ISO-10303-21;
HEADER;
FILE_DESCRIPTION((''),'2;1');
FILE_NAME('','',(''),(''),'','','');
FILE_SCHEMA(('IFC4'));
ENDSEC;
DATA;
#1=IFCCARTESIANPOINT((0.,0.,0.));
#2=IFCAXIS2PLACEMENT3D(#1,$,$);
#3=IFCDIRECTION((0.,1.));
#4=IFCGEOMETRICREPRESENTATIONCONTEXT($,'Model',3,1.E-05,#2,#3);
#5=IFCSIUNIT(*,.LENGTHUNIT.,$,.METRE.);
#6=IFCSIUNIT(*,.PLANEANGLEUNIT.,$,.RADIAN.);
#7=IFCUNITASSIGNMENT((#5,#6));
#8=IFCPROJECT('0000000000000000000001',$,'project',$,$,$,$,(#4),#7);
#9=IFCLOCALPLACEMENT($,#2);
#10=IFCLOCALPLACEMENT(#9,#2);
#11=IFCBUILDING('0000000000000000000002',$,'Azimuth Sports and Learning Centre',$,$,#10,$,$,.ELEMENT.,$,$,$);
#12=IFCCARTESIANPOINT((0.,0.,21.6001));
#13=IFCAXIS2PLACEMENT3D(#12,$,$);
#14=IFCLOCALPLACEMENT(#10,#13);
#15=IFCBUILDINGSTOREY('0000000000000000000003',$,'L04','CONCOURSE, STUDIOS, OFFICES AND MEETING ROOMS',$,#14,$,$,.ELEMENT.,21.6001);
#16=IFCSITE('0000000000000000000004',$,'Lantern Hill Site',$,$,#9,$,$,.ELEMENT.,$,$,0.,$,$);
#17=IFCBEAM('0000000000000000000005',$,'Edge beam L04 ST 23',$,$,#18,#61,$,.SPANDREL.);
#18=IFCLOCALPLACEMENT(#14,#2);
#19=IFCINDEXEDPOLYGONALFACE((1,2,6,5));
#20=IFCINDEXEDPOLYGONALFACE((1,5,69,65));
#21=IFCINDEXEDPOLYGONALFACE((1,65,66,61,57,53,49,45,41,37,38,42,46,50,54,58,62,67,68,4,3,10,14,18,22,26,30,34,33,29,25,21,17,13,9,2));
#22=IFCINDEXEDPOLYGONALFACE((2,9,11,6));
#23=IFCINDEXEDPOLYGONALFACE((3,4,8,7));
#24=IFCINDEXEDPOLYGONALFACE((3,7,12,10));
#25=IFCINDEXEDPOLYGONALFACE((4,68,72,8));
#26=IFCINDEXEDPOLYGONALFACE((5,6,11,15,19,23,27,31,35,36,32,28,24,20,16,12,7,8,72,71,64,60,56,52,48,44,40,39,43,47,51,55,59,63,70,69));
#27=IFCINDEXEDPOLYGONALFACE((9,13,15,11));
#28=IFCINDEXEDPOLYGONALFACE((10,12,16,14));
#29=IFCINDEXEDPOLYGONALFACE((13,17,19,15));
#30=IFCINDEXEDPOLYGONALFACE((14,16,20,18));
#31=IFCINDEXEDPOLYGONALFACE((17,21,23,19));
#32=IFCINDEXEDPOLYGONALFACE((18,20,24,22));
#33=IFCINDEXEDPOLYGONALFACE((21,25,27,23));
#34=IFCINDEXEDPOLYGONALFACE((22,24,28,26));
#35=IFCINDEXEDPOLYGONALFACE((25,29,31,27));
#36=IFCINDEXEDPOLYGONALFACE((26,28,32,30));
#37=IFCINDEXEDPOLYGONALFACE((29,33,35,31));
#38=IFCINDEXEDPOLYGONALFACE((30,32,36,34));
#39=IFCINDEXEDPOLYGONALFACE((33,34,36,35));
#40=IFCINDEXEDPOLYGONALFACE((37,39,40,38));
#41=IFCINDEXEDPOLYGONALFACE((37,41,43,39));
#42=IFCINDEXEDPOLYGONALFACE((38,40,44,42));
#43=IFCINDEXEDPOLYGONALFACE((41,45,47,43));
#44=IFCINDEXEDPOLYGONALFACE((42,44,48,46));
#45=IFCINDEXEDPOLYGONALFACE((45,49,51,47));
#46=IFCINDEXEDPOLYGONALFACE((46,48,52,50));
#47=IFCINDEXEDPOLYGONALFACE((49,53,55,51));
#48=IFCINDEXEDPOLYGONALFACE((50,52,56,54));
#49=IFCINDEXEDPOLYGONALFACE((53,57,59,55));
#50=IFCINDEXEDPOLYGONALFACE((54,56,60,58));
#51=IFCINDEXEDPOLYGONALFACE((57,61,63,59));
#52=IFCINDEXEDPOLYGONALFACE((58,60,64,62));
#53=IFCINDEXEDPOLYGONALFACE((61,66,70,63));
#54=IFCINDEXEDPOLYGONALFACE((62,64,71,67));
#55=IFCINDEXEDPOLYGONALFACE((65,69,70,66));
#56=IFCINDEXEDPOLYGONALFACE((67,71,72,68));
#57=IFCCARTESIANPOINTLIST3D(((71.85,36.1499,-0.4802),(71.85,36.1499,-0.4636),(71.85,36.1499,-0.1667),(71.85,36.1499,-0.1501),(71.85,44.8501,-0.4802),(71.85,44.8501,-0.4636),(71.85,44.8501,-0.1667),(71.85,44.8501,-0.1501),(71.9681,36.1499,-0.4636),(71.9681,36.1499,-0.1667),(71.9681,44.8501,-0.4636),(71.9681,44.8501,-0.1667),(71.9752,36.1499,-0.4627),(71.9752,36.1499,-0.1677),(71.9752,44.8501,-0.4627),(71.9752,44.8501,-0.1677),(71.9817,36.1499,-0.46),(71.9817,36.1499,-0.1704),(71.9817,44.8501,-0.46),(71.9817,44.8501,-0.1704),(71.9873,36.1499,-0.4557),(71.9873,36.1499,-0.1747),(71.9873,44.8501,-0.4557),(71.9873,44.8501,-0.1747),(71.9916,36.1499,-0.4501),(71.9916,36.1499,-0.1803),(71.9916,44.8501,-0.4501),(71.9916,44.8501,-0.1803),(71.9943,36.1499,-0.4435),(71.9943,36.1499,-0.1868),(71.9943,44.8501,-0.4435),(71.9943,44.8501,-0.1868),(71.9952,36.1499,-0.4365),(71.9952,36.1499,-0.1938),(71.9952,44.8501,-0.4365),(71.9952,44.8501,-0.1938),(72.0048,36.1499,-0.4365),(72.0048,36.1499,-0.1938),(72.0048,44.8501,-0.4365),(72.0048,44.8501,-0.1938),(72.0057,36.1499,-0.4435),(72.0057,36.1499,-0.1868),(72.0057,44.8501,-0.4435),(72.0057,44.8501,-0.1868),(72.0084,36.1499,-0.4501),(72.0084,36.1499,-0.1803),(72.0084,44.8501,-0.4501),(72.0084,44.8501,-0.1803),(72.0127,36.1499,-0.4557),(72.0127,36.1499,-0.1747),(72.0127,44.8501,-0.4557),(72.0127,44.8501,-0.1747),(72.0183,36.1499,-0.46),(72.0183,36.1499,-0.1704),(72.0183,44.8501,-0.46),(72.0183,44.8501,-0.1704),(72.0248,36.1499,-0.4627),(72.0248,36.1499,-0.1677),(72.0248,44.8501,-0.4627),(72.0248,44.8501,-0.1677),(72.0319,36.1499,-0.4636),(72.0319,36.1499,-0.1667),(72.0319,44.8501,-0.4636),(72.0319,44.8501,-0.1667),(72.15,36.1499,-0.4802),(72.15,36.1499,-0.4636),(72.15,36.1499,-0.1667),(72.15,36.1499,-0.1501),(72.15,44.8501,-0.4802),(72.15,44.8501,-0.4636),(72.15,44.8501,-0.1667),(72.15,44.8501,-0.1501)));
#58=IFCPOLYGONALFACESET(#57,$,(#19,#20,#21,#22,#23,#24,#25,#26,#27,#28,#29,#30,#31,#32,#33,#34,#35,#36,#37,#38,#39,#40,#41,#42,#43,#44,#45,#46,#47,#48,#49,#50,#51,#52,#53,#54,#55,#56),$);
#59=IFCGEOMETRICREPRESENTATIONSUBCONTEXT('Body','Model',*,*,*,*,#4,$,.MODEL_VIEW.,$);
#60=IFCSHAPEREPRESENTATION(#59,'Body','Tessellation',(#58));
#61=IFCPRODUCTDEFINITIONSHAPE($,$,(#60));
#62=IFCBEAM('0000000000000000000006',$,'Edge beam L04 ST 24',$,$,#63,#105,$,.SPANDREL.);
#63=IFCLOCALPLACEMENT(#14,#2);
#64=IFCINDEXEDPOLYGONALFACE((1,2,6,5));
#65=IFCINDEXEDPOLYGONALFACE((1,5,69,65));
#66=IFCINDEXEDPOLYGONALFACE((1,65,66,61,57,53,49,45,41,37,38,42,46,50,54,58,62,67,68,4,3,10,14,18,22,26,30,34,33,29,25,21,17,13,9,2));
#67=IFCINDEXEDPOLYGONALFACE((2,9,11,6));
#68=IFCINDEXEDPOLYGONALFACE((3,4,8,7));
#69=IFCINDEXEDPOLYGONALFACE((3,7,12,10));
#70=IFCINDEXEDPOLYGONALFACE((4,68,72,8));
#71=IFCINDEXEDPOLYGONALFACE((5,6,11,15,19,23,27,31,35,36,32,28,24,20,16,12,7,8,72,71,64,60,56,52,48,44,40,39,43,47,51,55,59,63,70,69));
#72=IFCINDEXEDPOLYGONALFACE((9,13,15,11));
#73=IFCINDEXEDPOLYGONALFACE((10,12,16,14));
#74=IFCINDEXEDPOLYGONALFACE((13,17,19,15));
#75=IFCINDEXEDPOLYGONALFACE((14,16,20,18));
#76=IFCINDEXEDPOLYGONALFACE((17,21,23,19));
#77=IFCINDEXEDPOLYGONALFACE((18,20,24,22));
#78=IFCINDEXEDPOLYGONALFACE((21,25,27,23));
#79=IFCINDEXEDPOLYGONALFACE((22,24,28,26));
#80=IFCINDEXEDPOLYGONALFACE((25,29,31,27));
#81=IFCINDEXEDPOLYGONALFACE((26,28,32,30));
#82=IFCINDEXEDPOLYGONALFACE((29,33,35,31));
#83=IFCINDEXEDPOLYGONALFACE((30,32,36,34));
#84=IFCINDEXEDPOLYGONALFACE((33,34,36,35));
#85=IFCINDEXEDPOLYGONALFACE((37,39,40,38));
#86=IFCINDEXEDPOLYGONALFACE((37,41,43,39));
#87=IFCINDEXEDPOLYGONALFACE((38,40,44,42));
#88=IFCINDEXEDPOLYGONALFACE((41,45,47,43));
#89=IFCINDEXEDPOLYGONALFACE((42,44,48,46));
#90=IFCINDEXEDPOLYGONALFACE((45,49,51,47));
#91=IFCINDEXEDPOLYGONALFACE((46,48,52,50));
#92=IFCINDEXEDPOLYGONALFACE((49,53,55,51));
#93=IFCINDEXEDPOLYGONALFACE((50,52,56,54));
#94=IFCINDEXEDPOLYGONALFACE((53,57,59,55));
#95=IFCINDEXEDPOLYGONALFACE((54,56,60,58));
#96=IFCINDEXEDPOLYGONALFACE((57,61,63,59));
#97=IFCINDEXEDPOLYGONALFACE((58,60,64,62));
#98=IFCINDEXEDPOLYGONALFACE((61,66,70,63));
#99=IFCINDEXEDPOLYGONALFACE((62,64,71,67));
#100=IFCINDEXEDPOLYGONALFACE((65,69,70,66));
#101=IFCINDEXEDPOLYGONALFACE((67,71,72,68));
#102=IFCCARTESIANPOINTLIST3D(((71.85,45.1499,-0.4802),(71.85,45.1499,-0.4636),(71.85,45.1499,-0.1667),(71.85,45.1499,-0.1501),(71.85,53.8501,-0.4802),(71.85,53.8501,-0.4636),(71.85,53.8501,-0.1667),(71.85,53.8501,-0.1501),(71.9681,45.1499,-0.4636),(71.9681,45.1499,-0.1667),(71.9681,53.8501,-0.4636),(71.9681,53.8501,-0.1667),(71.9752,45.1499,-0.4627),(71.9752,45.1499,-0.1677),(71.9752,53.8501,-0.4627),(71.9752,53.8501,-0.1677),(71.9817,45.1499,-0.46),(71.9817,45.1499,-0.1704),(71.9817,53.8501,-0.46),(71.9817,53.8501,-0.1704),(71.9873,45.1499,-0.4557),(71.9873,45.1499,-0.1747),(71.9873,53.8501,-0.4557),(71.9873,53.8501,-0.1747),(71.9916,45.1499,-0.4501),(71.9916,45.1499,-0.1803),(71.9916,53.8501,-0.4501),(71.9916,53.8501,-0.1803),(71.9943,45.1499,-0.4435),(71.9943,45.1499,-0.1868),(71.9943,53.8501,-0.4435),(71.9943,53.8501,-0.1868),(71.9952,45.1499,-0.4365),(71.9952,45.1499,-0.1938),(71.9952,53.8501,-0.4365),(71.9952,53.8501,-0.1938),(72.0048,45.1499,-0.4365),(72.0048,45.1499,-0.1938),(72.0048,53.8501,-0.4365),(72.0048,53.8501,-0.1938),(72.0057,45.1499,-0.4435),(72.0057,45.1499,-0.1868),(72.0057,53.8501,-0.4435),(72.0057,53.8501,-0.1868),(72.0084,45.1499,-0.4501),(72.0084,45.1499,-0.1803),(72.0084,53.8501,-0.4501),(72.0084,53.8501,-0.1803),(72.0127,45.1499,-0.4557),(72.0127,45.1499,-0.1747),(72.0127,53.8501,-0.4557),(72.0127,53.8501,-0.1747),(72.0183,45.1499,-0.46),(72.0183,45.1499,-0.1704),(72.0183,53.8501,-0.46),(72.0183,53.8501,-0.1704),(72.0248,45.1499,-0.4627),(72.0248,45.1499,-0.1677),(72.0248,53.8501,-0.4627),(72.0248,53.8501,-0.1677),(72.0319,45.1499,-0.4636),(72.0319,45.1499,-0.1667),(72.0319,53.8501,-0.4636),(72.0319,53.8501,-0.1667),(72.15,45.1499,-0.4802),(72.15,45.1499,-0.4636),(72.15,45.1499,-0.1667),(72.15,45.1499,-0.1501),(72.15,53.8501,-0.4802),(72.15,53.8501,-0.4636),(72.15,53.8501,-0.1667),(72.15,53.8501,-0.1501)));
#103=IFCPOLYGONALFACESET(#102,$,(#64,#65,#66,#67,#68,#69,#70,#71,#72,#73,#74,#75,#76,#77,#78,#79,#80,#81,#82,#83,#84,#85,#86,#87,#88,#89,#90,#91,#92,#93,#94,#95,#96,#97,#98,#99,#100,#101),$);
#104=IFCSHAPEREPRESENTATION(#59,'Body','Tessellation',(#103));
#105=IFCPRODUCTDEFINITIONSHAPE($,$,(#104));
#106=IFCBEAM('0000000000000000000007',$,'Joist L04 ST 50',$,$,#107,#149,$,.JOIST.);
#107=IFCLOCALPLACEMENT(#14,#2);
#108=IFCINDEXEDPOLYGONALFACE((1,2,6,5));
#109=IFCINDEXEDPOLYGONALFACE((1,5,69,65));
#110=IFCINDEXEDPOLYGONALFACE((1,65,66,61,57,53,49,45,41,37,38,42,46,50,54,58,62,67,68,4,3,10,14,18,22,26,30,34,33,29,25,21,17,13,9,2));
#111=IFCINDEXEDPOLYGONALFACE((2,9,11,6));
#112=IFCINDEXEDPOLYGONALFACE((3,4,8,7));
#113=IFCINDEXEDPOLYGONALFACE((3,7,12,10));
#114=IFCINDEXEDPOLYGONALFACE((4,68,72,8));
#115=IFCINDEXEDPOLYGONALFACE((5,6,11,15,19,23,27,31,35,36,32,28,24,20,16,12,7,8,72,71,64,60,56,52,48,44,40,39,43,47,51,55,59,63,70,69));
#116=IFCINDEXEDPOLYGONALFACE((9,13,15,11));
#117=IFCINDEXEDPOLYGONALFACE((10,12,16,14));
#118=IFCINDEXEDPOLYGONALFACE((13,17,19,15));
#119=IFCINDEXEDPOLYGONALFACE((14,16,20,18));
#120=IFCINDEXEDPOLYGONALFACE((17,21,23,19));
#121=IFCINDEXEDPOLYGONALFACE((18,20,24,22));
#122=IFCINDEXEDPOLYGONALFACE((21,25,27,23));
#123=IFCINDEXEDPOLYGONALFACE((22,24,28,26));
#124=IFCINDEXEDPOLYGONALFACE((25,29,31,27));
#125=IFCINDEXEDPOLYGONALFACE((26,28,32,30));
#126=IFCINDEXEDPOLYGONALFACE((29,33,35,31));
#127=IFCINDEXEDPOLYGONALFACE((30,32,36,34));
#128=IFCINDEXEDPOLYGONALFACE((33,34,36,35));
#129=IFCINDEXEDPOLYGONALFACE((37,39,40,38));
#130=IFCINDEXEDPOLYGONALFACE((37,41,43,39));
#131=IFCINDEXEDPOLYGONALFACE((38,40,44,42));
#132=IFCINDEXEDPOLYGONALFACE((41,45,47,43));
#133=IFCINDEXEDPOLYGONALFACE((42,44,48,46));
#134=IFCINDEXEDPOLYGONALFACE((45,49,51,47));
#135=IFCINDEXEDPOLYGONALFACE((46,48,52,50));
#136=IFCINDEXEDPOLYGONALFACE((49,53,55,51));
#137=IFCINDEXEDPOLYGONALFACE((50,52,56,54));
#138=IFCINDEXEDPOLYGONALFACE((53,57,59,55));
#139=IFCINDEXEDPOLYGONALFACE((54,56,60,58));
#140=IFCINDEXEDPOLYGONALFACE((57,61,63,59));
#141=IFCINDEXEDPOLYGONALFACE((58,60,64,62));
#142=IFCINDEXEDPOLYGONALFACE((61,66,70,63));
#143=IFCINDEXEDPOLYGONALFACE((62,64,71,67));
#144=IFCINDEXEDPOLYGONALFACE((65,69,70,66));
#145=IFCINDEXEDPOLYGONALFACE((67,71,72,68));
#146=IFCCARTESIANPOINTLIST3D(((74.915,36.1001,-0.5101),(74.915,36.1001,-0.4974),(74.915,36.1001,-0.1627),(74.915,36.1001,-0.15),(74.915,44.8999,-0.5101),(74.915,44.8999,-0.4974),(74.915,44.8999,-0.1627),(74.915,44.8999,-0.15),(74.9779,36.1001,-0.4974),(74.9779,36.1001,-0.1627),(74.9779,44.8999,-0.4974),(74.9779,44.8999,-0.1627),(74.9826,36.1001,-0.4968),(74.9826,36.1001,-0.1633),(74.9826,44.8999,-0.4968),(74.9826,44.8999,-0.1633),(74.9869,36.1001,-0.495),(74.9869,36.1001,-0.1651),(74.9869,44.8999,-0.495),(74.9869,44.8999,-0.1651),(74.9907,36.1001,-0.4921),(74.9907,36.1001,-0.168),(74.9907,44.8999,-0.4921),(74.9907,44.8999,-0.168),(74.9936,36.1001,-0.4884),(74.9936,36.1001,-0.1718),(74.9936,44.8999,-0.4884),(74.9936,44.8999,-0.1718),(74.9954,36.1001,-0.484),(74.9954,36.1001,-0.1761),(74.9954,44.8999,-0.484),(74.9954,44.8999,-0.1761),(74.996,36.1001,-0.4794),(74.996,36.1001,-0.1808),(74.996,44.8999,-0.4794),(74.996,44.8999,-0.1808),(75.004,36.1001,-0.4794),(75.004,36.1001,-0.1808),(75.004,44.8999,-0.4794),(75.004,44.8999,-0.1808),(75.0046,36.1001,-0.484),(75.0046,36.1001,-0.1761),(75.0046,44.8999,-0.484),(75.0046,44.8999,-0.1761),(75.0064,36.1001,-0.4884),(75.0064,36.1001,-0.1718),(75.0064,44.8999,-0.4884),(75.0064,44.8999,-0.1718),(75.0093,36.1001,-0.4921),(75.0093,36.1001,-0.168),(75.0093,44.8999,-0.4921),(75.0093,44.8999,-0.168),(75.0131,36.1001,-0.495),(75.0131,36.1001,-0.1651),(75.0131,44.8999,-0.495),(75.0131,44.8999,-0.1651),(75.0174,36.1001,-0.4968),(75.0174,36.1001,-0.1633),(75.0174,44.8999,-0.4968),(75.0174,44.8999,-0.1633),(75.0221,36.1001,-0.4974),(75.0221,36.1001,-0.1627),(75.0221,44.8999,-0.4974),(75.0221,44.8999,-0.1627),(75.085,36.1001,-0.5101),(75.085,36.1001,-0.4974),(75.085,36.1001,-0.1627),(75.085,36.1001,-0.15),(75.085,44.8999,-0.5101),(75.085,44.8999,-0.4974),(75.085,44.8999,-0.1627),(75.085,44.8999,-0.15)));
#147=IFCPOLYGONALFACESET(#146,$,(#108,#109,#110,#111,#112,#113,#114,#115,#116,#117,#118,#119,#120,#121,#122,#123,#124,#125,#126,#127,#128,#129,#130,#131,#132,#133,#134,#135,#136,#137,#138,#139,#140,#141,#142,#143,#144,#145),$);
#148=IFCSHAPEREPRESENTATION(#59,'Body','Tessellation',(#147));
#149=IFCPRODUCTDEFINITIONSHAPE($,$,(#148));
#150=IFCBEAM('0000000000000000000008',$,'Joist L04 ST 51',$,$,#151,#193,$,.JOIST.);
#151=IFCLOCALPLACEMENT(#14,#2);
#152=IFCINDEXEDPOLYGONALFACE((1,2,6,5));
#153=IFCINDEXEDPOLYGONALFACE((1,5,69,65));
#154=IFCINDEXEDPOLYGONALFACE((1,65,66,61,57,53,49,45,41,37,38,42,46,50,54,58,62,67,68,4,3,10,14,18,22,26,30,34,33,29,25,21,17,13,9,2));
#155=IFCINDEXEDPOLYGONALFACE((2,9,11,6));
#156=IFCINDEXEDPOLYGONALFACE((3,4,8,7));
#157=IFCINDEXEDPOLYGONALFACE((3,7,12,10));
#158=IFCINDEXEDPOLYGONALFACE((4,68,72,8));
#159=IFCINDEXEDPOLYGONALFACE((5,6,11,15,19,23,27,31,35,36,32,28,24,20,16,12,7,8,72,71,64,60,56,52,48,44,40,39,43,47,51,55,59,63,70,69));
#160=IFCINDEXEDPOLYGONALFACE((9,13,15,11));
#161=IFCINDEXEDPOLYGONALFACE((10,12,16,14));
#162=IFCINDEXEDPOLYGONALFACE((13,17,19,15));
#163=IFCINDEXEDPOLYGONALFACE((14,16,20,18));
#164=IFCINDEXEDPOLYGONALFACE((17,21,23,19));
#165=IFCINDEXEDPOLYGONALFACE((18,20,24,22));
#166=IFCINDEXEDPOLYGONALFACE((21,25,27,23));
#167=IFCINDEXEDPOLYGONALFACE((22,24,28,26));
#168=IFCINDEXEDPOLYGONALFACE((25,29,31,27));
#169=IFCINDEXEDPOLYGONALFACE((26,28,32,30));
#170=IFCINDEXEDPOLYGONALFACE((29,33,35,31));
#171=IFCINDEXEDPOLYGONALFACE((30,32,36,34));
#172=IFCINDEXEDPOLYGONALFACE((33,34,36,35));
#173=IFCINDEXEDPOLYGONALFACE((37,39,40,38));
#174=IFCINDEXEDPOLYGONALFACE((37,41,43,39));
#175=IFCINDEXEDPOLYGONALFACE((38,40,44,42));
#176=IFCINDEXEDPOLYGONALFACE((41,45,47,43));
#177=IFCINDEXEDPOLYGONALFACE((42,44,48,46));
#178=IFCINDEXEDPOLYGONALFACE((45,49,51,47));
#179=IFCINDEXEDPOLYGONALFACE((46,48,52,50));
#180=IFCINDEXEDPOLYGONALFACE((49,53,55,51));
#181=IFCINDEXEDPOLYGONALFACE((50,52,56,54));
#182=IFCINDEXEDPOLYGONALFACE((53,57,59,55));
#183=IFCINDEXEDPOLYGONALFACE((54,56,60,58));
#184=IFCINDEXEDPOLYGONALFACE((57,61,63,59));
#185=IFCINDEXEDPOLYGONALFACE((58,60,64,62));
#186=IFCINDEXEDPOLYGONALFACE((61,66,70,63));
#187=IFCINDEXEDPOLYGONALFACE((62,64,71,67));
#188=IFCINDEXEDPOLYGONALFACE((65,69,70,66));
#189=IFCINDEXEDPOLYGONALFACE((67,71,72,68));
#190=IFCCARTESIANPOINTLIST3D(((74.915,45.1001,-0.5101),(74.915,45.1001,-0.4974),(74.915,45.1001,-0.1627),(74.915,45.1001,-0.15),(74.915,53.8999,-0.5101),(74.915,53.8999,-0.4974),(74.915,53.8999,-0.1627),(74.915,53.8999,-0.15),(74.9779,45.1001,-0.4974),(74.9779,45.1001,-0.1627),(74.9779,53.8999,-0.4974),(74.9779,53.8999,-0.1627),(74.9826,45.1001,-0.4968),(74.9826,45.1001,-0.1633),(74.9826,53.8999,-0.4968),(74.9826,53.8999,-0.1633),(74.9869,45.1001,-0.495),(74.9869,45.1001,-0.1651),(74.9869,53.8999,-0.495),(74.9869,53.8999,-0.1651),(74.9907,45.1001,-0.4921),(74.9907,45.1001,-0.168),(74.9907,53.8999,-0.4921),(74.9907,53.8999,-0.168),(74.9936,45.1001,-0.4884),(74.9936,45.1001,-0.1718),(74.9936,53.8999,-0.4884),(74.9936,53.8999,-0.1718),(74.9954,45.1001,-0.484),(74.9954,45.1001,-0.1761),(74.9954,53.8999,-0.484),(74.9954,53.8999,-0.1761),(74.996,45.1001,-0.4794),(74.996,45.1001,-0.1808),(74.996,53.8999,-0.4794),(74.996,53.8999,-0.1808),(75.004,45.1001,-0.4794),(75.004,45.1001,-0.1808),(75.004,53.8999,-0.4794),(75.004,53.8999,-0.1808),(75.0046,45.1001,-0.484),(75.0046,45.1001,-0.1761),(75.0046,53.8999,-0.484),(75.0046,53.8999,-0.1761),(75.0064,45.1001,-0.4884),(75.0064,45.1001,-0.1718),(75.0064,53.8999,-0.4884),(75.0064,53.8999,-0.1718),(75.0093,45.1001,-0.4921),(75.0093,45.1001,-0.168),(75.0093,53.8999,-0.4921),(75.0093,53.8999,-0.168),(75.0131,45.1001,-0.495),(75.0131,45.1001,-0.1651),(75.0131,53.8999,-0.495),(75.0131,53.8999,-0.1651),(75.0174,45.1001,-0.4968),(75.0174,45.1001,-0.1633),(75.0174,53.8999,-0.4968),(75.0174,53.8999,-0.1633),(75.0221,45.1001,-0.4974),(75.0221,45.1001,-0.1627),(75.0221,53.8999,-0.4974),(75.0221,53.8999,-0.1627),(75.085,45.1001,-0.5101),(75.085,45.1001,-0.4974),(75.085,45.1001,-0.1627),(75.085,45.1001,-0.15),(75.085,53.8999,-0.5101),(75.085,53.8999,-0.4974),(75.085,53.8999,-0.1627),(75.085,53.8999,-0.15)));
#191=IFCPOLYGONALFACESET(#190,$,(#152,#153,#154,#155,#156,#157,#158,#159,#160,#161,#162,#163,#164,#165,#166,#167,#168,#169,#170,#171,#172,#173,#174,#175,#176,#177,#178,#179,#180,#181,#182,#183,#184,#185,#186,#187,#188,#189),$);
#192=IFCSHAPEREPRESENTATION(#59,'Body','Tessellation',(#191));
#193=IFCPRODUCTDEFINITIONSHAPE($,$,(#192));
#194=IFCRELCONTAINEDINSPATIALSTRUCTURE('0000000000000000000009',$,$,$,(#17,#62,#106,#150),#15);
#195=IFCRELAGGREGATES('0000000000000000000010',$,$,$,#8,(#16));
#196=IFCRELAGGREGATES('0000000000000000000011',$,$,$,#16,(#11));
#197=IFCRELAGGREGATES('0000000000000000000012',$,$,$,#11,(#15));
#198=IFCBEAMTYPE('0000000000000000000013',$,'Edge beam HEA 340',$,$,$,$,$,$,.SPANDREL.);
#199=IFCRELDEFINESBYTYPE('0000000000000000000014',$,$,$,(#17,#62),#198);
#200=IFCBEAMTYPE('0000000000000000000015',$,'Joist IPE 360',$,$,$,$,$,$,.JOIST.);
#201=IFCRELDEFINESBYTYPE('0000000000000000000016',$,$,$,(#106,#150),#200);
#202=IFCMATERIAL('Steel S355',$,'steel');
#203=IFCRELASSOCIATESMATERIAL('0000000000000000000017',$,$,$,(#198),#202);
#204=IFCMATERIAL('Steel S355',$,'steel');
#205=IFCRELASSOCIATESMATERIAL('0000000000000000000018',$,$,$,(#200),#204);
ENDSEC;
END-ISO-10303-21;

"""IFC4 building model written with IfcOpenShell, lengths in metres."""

from ifc_helpers import new_model, si_unit, direction, frame, origin, origin_2d, place, context, subcontext, project, spatial, i_section, extrude, material, material_profile, profile_set, type_object, element, save


model = new_model("IFC4")

# Units and contexts
model_context = context("Model", 3, precision=1e-05, world=origin(), true_north=direction((0.0, 1.0)))
body_context = subcontext(model_context, "Body", "Model", "MODEL_VIEW")
ifc_project = project(units=[si_unit("LENGTHUNIT", "METRE"), si_unit("PLANEANGLEUNIT", "RADIAN")], contexts=[model_context])

# Site, building, storey
site_placement = place(None, origin())
site = spatial("IfcSite", under=ifc_project, at=site_placement, Name="Lantern Hill Site", CompositionType="ELEMENT", RefElevation=0.0)
building_placement = place(site_placement, origin())
building = spatial("IfcBuilding", under=site, at=building_placement, Name="Azimuth Sports and Learning Centre", CompositionType="ELEMENT")
storey_placement = place(building_placement, frame((0.0, 0.0, 21.6001)))
storey = spatial("IfcBuildingStorey", under=building, at=storey_placement, Name="L04", Description="CONCOURSE, STUDIOS, OFFICES AND MEETING ROOMS", CompositionType="ELEMENT", Elevation=21.6001)

# Beams
ifc_material_1 = material(Name="Steel S355", Category="steel")
ifc_material_profile_1 = material_profile(ifc_material_1, i_section(OverallWidth=0.3, OverallDepth=0.3301, WebThickness=0.0095, FlangeThickness=0.0166, FilletRadius=0.0271, at=origin_2d()), Name="HEA 340")
ifc_profile_set_1 = profile_set([ifc_material_profile_1], Name="Steel S355")
beam_type_1 = type_object("IfcBeamType", Name="Edge beam HEA 340", PredefinedType="SPANDREL", material=ifc_profile_set_1)
for number, where, z_axis, x_axis, name in (
    (1, (72.0, 36.1499, -0.3152), (0.0, 1.0, 0.0), (-1.0, 0.0, 0.0), "Edge beam L04 ST 23"),
    (2, (72.0, 45.1499, -0.3152), (0.0, 1.0, 0.0), (-1.0, 0.0, 0.0), "Edge beam L04 ST 24"),
):
    element("IfcBeam", number, at=place(storey_placement, frame(where, z_axis=z_axis, x_axis=x_axis)), inside=storey, type_object=beam_type_1, Name=name, PredefinedType="SPANDREL", context=body_context, shape_type="SweptSolid", body=[
        extrude(i_section(OverallWidth=0.3, OverallDepth=0.3301, WebThickness=0.0095, FlangeThickness=0.0166, FilletRadius=0.0271, at=origin_2d()), origin(), (0.0, 0.0, 1.0), 8.7002),
    ])
ifc_material_2 = material(Name="Steel S355", Category="steel")
ifc_material_profile_2 = material_profile(ifc_material_2, i_section(OverallWidth=0.1699, OverallDepth=0.3601, WebThickness=0.0081, FlangeThickness=0.0127, FilletRadius=0.0181, at=origin_2d()), Name="IPE 360")
ifc_profile_set_2 = profile_set([ifc_material_profile_2], Name="Steel S355")
beam_type_2 = type_object("IfcBeamType", Name="Joist IPE 360", PredefinedType="JOIST", material=ifc_profile_set_2)
for number, where, z_axis, x_axis, name in (
    (3, (75.0, 36.1001, -0.3301), (0.0, 1.0, 0.0), (-1.0, 0.0, 0.0), "Joist L04 ST 50"),
    (4, (75.0, 45.1001, -0.3301), (0.0, 1.0, 0.0), (-1.0, 0.0, 0.0), "Joist L04 ST 51"),
):
    element("IfcBeam", number, at=place(storey_placement, frame(where, z_axis=z_axis, x_axis=x_axis)), inside=storey, type_object=beam_type_2, Name=name, PredefinedType="JOIST", context=body_context, shape_type="SweptSolid", body=[
        extrude(i_section(OverallWidth=0.1699, OverallDepth=0.3601, WebThickness=0.0081, FlangeThickness=0.0127, FilletRadius=0.0181, at=origin_2d()), origin(), (0.0, 0.0, 1.0), 8.7998),
    ])

save(model, "model.ifc")
